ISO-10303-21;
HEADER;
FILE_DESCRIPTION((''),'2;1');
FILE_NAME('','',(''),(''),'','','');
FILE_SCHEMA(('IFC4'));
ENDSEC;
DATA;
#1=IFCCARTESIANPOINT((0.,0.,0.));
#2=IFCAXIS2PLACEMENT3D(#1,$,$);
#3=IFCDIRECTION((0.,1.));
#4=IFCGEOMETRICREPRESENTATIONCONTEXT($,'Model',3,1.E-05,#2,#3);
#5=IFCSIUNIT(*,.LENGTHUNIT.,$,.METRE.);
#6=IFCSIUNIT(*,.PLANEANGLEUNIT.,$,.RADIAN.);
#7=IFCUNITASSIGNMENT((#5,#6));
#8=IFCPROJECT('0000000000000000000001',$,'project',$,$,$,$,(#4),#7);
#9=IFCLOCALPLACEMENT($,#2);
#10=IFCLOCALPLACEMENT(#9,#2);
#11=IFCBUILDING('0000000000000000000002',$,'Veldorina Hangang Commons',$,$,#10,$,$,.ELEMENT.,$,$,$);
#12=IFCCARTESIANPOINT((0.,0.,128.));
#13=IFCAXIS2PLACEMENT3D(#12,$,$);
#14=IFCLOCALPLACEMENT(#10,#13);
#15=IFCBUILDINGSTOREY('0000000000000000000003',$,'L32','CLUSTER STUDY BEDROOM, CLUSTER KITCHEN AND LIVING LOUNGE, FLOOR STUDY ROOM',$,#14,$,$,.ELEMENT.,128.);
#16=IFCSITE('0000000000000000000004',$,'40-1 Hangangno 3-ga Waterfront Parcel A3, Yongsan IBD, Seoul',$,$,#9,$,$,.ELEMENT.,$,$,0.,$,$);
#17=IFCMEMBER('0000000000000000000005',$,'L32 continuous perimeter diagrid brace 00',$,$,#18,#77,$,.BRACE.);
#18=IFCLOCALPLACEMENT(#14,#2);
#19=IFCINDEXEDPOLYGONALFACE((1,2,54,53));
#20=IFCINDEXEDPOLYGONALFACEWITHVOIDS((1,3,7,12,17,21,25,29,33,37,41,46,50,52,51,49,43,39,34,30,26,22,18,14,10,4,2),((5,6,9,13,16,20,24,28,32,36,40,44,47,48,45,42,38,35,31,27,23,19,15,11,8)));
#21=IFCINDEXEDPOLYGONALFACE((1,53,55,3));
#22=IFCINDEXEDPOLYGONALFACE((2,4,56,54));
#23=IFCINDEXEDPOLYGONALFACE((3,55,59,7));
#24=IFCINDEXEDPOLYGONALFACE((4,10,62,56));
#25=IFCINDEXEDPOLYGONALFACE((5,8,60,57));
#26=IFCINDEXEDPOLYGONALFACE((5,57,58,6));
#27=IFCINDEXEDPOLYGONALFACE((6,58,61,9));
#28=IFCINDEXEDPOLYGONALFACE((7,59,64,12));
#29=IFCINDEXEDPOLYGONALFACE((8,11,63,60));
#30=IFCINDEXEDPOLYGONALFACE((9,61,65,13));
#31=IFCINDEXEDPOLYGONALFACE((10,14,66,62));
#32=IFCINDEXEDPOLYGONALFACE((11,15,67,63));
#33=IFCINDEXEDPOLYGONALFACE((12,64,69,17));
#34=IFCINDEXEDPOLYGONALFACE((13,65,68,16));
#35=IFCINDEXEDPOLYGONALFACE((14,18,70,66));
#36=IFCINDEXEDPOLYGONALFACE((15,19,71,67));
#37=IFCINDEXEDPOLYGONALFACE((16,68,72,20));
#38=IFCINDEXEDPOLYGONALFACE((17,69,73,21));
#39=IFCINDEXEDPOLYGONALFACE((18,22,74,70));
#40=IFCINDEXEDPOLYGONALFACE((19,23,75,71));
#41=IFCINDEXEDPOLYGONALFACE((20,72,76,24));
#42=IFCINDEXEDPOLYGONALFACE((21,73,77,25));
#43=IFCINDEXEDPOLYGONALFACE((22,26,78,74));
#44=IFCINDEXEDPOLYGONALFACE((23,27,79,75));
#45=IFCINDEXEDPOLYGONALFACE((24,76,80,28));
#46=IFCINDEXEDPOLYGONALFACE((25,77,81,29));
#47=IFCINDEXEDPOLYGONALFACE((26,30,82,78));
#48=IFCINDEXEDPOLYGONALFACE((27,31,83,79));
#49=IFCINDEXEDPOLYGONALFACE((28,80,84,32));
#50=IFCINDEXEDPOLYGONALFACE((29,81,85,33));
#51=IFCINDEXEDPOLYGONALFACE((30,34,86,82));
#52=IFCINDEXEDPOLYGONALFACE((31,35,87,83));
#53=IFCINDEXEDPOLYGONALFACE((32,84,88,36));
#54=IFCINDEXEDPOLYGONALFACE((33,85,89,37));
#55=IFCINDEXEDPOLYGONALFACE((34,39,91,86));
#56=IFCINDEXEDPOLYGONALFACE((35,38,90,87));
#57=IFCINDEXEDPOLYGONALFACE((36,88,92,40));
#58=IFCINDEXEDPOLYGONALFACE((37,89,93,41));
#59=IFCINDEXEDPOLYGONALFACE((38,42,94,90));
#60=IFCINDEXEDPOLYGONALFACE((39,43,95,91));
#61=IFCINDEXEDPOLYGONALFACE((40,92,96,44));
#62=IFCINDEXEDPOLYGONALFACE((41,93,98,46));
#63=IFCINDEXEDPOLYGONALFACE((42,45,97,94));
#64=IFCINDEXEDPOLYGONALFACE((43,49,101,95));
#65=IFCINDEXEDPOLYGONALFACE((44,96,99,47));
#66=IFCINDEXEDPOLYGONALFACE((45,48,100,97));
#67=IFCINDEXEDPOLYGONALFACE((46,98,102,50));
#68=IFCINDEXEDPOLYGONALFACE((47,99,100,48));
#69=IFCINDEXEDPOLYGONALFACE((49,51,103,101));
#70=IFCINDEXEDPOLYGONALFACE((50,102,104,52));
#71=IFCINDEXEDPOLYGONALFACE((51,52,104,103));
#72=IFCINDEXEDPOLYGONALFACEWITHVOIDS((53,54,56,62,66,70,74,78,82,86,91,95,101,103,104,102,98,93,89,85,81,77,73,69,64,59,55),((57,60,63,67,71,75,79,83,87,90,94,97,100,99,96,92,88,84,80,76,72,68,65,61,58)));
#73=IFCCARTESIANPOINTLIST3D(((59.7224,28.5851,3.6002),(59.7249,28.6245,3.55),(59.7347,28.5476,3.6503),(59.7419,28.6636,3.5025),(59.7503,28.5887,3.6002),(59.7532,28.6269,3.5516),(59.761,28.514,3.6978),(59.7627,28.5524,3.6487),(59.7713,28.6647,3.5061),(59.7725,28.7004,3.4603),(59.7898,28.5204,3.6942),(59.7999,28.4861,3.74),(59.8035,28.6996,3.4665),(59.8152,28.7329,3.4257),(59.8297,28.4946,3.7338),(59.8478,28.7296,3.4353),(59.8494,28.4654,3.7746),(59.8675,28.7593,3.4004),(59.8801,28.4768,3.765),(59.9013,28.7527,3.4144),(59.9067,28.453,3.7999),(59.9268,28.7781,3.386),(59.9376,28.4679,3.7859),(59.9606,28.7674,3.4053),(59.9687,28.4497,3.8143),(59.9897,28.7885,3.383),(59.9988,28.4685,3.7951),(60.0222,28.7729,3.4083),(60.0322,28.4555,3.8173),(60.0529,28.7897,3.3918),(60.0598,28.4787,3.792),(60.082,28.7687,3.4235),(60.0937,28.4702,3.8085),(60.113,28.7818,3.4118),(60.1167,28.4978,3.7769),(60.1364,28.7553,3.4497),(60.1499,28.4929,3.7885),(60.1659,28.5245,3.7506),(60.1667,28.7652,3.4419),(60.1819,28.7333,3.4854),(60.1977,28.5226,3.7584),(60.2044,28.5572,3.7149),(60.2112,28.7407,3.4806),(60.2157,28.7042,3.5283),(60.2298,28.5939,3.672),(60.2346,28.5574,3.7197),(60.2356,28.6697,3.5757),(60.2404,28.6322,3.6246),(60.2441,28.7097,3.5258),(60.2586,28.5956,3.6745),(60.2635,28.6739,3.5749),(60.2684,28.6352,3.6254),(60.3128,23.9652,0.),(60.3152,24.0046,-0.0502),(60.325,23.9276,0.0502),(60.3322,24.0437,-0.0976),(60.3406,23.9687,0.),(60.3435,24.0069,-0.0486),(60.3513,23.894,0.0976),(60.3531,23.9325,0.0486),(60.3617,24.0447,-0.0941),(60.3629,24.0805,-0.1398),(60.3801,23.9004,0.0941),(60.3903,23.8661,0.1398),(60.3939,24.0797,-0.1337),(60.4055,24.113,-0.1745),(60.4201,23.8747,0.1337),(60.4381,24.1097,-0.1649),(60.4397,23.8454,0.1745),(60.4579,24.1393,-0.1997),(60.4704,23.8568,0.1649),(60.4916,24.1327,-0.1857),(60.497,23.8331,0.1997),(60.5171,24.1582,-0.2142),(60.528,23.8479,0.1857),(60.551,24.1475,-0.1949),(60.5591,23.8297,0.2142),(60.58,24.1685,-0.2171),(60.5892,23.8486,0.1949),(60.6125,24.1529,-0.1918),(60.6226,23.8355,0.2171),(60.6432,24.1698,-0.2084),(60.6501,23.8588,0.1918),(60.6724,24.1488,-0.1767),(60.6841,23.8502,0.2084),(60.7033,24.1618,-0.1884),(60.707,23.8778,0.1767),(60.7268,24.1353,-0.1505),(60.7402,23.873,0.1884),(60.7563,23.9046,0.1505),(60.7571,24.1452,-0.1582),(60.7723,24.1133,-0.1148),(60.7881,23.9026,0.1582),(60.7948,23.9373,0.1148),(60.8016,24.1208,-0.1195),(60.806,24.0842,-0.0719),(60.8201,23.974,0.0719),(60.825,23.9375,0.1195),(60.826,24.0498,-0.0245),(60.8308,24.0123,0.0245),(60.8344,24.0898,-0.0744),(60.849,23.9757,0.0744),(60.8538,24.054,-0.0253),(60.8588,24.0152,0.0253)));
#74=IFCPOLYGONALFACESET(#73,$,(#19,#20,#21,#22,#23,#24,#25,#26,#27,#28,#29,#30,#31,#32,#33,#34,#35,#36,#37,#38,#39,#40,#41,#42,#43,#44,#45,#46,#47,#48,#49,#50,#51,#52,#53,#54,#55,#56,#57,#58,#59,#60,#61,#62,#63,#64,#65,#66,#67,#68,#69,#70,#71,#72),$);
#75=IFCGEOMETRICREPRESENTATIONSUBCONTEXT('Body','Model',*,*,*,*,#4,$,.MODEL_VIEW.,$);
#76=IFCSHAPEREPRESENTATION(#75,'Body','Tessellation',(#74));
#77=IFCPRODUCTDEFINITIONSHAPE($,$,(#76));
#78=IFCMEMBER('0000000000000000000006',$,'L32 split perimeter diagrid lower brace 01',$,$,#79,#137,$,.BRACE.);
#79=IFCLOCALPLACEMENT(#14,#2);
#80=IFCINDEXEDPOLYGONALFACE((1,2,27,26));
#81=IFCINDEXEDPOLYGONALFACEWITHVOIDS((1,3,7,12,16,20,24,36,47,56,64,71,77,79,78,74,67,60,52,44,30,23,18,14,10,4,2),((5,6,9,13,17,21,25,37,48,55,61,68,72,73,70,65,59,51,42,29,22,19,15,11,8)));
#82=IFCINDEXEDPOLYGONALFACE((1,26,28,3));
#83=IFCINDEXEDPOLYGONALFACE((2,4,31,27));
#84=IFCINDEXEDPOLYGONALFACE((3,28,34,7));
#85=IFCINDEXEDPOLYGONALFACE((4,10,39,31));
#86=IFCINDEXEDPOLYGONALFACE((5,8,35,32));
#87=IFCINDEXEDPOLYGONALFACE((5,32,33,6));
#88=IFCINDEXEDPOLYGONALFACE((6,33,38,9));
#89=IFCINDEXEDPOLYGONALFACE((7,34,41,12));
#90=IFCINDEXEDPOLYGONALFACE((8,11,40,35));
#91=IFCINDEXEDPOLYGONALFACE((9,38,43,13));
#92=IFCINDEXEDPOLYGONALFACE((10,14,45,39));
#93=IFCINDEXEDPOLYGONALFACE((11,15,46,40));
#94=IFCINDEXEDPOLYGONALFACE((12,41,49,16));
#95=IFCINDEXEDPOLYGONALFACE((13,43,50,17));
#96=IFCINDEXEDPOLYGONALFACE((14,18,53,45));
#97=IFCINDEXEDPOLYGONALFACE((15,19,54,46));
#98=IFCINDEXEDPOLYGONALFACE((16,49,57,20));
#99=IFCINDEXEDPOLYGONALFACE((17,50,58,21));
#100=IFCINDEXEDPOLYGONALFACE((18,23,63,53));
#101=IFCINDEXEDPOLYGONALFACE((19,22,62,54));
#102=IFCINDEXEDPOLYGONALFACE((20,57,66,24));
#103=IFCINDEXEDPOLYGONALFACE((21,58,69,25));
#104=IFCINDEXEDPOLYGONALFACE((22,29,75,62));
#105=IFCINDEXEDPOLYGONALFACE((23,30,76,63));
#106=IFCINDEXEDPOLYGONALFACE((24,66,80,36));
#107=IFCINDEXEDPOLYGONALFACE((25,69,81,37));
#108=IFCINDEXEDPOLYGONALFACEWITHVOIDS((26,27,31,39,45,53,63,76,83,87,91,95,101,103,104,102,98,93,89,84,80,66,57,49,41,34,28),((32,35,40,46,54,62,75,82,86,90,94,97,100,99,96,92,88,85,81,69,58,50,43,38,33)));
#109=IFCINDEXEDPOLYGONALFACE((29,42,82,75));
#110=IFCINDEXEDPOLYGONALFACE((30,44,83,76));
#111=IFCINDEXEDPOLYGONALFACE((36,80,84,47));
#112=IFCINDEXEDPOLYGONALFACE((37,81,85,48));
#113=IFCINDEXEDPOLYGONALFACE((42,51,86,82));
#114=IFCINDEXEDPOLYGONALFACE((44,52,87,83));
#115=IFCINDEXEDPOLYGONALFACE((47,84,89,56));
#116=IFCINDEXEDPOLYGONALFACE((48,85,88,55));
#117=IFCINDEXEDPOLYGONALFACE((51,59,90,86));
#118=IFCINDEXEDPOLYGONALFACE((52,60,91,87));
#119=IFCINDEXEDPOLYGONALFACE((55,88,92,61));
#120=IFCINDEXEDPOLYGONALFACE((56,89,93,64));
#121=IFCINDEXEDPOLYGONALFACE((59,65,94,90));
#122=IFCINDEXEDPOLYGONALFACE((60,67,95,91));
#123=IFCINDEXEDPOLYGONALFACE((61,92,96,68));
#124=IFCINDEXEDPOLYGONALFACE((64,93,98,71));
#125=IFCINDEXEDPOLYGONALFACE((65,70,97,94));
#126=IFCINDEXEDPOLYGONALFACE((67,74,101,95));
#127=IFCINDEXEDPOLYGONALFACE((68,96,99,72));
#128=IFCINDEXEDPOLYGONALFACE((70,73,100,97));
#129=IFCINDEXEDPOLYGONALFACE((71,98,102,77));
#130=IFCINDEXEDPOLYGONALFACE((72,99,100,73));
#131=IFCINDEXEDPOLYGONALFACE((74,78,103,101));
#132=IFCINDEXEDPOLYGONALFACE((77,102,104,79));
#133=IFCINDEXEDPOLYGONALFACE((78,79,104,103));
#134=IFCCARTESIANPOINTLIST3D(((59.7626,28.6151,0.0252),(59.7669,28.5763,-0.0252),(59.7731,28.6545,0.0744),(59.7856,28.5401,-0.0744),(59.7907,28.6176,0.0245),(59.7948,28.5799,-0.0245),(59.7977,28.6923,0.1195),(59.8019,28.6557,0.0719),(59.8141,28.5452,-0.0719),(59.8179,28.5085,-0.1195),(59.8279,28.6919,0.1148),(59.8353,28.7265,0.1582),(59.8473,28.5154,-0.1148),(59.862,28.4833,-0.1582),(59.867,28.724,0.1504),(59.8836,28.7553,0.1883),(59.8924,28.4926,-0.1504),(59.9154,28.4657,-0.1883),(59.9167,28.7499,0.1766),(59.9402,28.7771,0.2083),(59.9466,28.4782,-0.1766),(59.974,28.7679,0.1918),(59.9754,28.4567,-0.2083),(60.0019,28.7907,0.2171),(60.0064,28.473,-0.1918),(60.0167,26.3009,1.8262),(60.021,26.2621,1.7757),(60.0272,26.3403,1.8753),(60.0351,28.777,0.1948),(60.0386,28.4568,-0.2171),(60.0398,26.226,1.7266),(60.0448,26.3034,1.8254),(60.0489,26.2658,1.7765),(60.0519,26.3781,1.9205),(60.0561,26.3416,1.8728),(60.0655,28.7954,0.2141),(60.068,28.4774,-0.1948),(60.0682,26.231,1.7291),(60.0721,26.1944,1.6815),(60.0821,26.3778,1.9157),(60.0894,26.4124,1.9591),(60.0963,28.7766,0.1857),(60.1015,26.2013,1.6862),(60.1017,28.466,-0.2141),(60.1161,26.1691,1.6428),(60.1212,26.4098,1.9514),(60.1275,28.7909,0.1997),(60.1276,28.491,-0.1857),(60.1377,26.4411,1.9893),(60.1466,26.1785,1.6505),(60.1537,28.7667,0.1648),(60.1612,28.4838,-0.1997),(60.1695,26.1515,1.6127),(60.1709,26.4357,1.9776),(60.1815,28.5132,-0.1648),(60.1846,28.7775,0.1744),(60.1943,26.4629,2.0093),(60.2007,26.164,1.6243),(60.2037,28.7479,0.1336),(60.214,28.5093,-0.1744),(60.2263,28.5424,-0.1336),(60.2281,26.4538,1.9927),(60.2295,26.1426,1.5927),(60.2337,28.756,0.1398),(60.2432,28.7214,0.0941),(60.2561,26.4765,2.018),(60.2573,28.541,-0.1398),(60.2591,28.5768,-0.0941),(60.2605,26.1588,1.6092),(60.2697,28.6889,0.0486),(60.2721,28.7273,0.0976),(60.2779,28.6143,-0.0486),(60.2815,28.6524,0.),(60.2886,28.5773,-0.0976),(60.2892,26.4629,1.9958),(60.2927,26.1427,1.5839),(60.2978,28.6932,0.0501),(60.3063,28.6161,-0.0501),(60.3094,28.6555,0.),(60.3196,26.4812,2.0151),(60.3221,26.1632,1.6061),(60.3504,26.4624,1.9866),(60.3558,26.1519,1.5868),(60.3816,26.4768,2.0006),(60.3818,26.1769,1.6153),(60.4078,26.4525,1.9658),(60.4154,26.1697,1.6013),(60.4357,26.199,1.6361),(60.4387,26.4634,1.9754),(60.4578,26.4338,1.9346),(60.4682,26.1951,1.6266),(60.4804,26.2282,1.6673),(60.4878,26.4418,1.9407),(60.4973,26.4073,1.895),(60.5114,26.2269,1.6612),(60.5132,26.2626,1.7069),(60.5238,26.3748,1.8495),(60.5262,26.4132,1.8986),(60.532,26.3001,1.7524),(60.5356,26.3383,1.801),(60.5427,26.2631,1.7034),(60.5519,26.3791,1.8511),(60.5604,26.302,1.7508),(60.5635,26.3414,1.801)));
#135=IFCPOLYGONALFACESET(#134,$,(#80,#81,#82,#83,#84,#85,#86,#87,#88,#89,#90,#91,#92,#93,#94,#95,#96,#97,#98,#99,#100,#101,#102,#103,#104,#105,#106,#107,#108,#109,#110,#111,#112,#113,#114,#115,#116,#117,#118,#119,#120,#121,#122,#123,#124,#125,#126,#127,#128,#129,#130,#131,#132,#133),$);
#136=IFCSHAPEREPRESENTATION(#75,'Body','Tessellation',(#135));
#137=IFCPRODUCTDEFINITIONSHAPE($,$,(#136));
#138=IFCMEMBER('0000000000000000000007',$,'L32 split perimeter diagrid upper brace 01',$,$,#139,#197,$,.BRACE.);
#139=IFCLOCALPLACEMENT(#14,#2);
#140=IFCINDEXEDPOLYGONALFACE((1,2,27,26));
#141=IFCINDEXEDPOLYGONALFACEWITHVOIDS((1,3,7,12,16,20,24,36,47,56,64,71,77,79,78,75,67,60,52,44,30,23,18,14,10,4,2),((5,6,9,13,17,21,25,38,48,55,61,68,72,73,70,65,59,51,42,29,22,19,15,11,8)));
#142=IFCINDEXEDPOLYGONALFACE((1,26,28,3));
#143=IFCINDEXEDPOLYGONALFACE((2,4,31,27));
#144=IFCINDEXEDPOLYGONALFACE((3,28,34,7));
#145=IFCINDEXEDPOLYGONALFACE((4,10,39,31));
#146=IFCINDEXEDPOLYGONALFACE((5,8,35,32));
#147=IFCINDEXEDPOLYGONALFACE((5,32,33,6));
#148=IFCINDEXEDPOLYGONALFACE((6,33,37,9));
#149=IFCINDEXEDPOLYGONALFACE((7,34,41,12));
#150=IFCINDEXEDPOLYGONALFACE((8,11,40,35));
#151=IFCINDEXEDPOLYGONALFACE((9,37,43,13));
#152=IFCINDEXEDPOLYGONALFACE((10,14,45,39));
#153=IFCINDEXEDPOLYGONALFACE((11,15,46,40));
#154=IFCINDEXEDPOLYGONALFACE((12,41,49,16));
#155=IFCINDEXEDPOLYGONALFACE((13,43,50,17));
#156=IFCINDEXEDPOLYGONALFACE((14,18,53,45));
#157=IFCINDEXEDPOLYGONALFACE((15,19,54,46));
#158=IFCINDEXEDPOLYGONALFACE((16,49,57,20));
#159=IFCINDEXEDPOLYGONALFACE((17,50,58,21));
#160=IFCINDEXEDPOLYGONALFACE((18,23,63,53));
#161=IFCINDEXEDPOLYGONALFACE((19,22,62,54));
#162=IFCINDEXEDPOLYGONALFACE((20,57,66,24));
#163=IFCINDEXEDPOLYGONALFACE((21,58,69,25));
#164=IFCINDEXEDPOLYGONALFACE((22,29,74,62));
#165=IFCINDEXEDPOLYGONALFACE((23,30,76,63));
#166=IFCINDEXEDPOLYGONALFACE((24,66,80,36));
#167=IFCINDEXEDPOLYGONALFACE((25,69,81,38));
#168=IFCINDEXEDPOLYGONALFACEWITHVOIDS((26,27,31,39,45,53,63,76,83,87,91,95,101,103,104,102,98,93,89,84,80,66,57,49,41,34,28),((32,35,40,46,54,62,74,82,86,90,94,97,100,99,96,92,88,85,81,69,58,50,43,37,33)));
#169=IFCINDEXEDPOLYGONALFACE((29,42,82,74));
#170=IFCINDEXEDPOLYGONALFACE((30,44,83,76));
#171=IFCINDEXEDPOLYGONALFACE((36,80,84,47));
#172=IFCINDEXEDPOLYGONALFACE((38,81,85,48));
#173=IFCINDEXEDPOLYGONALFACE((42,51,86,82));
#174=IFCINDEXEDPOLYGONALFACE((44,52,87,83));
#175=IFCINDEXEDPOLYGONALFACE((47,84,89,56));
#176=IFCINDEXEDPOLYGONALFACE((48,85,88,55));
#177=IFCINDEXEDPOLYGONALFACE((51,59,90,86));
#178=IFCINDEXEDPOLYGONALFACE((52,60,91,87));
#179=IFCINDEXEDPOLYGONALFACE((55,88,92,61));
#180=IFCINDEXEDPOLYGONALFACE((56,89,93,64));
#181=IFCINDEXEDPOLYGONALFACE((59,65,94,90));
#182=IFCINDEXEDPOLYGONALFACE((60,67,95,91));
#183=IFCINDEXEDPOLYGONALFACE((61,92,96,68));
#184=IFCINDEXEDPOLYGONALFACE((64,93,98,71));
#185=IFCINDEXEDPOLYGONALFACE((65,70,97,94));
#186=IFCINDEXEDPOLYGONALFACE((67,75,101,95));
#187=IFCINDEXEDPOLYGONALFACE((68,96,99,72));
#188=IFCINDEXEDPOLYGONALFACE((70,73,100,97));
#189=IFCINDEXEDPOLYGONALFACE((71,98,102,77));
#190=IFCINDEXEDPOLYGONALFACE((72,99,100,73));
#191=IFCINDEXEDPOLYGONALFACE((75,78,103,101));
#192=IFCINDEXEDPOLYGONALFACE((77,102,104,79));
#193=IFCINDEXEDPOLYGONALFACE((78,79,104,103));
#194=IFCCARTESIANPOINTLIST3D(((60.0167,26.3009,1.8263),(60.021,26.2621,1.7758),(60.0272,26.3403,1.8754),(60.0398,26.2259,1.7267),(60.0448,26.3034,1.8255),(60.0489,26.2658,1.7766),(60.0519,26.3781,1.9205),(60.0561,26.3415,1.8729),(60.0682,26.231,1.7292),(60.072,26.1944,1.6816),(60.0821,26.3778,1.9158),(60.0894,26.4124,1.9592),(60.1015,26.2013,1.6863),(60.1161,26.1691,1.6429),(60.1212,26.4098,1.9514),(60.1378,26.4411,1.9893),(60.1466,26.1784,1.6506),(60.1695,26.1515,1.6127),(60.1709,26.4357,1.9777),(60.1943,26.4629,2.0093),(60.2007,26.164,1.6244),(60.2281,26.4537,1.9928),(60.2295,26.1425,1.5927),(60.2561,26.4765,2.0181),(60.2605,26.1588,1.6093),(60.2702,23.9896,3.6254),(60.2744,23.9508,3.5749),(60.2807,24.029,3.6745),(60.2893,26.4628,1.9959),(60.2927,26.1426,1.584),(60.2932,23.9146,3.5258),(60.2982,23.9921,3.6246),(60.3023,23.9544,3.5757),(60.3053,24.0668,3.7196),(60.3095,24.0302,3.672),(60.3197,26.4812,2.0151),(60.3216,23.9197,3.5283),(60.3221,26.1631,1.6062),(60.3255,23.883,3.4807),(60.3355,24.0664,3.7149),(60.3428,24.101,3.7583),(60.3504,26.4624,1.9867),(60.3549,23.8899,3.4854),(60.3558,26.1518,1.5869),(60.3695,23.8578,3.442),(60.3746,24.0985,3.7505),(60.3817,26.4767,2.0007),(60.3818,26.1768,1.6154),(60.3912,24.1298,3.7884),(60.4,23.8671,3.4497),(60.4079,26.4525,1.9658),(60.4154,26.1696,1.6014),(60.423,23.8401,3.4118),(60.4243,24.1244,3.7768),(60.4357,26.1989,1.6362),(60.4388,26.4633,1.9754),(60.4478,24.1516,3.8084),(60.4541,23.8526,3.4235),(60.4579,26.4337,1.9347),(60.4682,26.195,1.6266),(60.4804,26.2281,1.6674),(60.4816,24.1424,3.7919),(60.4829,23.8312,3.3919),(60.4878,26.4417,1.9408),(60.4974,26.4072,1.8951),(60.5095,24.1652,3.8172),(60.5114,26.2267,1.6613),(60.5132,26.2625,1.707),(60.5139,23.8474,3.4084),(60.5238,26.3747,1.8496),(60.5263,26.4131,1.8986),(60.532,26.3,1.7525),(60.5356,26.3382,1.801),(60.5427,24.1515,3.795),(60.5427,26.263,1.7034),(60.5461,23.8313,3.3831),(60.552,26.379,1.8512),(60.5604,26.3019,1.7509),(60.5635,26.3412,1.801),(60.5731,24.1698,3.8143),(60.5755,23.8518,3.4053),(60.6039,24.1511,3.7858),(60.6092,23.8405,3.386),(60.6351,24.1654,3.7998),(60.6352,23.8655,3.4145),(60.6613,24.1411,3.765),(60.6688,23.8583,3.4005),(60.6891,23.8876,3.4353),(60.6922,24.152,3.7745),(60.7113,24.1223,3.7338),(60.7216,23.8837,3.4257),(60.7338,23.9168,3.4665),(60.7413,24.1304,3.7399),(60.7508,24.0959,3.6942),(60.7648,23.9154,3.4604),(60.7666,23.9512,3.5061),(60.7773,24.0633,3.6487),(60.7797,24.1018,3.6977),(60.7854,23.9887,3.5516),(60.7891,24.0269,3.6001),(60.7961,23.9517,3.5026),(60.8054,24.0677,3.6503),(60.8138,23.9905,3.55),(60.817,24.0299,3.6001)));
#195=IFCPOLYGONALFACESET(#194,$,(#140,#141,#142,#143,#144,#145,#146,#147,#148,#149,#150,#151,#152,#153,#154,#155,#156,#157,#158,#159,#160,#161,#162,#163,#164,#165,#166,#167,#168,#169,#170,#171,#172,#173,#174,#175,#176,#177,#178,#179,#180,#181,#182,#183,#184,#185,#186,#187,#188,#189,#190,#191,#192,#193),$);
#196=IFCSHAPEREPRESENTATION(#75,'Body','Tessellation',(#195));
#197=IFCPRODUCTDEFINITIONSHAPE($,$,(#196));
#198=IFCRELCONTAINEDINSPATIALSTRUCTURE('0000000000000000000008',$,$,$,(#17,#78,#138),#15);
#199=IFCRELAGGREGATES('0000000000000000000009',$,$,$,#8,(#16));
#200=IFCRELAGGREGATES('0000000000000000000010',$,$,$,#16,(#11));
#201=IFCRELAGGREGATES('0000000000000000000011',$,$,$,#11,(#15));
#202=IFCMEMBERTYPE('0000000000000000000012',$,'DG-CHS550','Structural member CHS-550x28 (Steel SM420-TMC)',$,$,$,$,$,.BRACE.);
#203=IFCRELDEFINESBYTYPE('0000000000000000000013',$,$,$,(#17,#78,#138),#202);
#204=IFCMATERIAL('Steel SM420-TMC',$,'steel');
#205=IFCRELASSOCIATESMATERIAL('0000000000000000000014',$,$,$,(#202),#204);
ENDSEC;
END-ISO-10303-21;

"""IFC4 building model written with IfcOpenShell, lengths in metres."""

from ifc_helpers import new_model, si_unit, direction, frame, origin, origin_2d, place, context, subcontext, project, spatial, hollow_circle, extrude, material, material_profile, profile_set, type_object, element, save


model = new_model("IFC4")

# Units and contexts
model_context = context("Model", 3, precision=1e-05, world=origin(), true_north=direction((0.0, 1.0)))
body_context = subcontext(model_context, "Body", "Model", "MODEL_VIEW")
ifc_project = project(units=[si_unit("LENGTHUNIT", "METRE"), si_unit("PLANEANGLEUNIT", "RADIAN")], contexts=[model_context])

# Site, building, storey
site_placement = place(None, origin())
site = spatial("IfcSite", under=ifc_project, at=site_placement, Name="40-1 Hangangno 3-ga Waterfront Parcel A3, Yongsan IBD, Seoul", CompositionType="ELEMENT", RefElevation=0.0)
building_placement = place(site_placement, origin())
building = spatial("IfcBuilding", under=site, at=building_placement, Name="Veldorina Hangang Commons", CompositionType="ELEMENT")
storey_placement = place(building_placement, frame((0.0, 0.0, 128.0)))
storey = spatial("IfcBuildingStorey", under=building, at=storey_placement, Name="L32", Description="CLUSTER STUDY BEDROOM, CLUSTER KITCHEN AND LIVING LOUNGE, FLOOR STUDY ROOM", CompositionType="ELEMENT", Elevation=128.0)

# Shared definitions
ifc_material_1 = material(Name="Steel SM420-TMC", Category="steel")

# Members
ifc_material_profile_1 = material_profile(ifc_material_1, hollow_circle(Radius=0.2749, WallThickness=0.0281, at=origin_2d()), Name="CHS-550x28")
ifc_profile_set_1 = profile_set([ifc_material_profile_1], Name="Steel SM420-TMC")
member_type_1 = type_object("IfcMemberType", Name="DG-CHS550", Description="Structural member CHS-550x28 (Steel SM420-TMC)", PredefinedType="BRACE", material=ifc_profile_set_1)
member_1_placement = place(storey_placement, frame((60.5854, 24.0, 0.0), z_axis=(-0.100284, 0.784808, 0.611572), x_axis=(-0.991935, -0.12675, 0.0)))
element("IfcMember", 1, at=member_1_placement, inside=storey, type_object=member_type_1, Name="L32 continuous perimeter diagrid brace 00", PredefinedType="BRACE", context=body_context, shape_type="SweptSolid", body=[
    extrude(hollow_circle(Radius=0.2749, WallThickness=0.0281, at=origin_2d()), origin(), (0.0, 0.0, 1.0), 5.8867),
])
member_2_placement = place(storey_placement, frame((60.0361, 28.6255, 0.0), z_axis=(0.086345, -0.786226, 0.611877), x_axis=(0.994024, 0.109165, 0.0)))
element("IfcMember", 2, at=member_2_placement, inside=storey, type_object=member_type_1, Name="L32 split perimeter diagrid lower brace 01", PredefinedType="BRACE", context=body_context, shape_type="SweptSolid", body=[
    extrude(hollow_circle(Radius=0.2749, WallThickness=0.0281, at=origin_2d()), origin(), (0.0, 0.0, 1.0), 2.9434),
])
member_3_placement = place(storey_placement, frame((60.2903, 26.3113, 1.801), z_axis=(0.0862, -0.786182, 0.611954), x_axis=(0.994043, 0.108991, 0.0)))
element("IfcMember", 3, at=member_3_placement, inside=storey, type_object=member_type_1, Name="L32 split perimeter diagrid upper brace 01", PredefinedType="BRACE", context=body_context, shape_type="SweptSolid", body=[
    extrude(hollow_circle(Radius=0.2749, WallThickness=0.0281, at=origin_2d()), origin(), (0.0, 0.0, 1.0), 2.9399),
])

save(model, "model.ifc")
